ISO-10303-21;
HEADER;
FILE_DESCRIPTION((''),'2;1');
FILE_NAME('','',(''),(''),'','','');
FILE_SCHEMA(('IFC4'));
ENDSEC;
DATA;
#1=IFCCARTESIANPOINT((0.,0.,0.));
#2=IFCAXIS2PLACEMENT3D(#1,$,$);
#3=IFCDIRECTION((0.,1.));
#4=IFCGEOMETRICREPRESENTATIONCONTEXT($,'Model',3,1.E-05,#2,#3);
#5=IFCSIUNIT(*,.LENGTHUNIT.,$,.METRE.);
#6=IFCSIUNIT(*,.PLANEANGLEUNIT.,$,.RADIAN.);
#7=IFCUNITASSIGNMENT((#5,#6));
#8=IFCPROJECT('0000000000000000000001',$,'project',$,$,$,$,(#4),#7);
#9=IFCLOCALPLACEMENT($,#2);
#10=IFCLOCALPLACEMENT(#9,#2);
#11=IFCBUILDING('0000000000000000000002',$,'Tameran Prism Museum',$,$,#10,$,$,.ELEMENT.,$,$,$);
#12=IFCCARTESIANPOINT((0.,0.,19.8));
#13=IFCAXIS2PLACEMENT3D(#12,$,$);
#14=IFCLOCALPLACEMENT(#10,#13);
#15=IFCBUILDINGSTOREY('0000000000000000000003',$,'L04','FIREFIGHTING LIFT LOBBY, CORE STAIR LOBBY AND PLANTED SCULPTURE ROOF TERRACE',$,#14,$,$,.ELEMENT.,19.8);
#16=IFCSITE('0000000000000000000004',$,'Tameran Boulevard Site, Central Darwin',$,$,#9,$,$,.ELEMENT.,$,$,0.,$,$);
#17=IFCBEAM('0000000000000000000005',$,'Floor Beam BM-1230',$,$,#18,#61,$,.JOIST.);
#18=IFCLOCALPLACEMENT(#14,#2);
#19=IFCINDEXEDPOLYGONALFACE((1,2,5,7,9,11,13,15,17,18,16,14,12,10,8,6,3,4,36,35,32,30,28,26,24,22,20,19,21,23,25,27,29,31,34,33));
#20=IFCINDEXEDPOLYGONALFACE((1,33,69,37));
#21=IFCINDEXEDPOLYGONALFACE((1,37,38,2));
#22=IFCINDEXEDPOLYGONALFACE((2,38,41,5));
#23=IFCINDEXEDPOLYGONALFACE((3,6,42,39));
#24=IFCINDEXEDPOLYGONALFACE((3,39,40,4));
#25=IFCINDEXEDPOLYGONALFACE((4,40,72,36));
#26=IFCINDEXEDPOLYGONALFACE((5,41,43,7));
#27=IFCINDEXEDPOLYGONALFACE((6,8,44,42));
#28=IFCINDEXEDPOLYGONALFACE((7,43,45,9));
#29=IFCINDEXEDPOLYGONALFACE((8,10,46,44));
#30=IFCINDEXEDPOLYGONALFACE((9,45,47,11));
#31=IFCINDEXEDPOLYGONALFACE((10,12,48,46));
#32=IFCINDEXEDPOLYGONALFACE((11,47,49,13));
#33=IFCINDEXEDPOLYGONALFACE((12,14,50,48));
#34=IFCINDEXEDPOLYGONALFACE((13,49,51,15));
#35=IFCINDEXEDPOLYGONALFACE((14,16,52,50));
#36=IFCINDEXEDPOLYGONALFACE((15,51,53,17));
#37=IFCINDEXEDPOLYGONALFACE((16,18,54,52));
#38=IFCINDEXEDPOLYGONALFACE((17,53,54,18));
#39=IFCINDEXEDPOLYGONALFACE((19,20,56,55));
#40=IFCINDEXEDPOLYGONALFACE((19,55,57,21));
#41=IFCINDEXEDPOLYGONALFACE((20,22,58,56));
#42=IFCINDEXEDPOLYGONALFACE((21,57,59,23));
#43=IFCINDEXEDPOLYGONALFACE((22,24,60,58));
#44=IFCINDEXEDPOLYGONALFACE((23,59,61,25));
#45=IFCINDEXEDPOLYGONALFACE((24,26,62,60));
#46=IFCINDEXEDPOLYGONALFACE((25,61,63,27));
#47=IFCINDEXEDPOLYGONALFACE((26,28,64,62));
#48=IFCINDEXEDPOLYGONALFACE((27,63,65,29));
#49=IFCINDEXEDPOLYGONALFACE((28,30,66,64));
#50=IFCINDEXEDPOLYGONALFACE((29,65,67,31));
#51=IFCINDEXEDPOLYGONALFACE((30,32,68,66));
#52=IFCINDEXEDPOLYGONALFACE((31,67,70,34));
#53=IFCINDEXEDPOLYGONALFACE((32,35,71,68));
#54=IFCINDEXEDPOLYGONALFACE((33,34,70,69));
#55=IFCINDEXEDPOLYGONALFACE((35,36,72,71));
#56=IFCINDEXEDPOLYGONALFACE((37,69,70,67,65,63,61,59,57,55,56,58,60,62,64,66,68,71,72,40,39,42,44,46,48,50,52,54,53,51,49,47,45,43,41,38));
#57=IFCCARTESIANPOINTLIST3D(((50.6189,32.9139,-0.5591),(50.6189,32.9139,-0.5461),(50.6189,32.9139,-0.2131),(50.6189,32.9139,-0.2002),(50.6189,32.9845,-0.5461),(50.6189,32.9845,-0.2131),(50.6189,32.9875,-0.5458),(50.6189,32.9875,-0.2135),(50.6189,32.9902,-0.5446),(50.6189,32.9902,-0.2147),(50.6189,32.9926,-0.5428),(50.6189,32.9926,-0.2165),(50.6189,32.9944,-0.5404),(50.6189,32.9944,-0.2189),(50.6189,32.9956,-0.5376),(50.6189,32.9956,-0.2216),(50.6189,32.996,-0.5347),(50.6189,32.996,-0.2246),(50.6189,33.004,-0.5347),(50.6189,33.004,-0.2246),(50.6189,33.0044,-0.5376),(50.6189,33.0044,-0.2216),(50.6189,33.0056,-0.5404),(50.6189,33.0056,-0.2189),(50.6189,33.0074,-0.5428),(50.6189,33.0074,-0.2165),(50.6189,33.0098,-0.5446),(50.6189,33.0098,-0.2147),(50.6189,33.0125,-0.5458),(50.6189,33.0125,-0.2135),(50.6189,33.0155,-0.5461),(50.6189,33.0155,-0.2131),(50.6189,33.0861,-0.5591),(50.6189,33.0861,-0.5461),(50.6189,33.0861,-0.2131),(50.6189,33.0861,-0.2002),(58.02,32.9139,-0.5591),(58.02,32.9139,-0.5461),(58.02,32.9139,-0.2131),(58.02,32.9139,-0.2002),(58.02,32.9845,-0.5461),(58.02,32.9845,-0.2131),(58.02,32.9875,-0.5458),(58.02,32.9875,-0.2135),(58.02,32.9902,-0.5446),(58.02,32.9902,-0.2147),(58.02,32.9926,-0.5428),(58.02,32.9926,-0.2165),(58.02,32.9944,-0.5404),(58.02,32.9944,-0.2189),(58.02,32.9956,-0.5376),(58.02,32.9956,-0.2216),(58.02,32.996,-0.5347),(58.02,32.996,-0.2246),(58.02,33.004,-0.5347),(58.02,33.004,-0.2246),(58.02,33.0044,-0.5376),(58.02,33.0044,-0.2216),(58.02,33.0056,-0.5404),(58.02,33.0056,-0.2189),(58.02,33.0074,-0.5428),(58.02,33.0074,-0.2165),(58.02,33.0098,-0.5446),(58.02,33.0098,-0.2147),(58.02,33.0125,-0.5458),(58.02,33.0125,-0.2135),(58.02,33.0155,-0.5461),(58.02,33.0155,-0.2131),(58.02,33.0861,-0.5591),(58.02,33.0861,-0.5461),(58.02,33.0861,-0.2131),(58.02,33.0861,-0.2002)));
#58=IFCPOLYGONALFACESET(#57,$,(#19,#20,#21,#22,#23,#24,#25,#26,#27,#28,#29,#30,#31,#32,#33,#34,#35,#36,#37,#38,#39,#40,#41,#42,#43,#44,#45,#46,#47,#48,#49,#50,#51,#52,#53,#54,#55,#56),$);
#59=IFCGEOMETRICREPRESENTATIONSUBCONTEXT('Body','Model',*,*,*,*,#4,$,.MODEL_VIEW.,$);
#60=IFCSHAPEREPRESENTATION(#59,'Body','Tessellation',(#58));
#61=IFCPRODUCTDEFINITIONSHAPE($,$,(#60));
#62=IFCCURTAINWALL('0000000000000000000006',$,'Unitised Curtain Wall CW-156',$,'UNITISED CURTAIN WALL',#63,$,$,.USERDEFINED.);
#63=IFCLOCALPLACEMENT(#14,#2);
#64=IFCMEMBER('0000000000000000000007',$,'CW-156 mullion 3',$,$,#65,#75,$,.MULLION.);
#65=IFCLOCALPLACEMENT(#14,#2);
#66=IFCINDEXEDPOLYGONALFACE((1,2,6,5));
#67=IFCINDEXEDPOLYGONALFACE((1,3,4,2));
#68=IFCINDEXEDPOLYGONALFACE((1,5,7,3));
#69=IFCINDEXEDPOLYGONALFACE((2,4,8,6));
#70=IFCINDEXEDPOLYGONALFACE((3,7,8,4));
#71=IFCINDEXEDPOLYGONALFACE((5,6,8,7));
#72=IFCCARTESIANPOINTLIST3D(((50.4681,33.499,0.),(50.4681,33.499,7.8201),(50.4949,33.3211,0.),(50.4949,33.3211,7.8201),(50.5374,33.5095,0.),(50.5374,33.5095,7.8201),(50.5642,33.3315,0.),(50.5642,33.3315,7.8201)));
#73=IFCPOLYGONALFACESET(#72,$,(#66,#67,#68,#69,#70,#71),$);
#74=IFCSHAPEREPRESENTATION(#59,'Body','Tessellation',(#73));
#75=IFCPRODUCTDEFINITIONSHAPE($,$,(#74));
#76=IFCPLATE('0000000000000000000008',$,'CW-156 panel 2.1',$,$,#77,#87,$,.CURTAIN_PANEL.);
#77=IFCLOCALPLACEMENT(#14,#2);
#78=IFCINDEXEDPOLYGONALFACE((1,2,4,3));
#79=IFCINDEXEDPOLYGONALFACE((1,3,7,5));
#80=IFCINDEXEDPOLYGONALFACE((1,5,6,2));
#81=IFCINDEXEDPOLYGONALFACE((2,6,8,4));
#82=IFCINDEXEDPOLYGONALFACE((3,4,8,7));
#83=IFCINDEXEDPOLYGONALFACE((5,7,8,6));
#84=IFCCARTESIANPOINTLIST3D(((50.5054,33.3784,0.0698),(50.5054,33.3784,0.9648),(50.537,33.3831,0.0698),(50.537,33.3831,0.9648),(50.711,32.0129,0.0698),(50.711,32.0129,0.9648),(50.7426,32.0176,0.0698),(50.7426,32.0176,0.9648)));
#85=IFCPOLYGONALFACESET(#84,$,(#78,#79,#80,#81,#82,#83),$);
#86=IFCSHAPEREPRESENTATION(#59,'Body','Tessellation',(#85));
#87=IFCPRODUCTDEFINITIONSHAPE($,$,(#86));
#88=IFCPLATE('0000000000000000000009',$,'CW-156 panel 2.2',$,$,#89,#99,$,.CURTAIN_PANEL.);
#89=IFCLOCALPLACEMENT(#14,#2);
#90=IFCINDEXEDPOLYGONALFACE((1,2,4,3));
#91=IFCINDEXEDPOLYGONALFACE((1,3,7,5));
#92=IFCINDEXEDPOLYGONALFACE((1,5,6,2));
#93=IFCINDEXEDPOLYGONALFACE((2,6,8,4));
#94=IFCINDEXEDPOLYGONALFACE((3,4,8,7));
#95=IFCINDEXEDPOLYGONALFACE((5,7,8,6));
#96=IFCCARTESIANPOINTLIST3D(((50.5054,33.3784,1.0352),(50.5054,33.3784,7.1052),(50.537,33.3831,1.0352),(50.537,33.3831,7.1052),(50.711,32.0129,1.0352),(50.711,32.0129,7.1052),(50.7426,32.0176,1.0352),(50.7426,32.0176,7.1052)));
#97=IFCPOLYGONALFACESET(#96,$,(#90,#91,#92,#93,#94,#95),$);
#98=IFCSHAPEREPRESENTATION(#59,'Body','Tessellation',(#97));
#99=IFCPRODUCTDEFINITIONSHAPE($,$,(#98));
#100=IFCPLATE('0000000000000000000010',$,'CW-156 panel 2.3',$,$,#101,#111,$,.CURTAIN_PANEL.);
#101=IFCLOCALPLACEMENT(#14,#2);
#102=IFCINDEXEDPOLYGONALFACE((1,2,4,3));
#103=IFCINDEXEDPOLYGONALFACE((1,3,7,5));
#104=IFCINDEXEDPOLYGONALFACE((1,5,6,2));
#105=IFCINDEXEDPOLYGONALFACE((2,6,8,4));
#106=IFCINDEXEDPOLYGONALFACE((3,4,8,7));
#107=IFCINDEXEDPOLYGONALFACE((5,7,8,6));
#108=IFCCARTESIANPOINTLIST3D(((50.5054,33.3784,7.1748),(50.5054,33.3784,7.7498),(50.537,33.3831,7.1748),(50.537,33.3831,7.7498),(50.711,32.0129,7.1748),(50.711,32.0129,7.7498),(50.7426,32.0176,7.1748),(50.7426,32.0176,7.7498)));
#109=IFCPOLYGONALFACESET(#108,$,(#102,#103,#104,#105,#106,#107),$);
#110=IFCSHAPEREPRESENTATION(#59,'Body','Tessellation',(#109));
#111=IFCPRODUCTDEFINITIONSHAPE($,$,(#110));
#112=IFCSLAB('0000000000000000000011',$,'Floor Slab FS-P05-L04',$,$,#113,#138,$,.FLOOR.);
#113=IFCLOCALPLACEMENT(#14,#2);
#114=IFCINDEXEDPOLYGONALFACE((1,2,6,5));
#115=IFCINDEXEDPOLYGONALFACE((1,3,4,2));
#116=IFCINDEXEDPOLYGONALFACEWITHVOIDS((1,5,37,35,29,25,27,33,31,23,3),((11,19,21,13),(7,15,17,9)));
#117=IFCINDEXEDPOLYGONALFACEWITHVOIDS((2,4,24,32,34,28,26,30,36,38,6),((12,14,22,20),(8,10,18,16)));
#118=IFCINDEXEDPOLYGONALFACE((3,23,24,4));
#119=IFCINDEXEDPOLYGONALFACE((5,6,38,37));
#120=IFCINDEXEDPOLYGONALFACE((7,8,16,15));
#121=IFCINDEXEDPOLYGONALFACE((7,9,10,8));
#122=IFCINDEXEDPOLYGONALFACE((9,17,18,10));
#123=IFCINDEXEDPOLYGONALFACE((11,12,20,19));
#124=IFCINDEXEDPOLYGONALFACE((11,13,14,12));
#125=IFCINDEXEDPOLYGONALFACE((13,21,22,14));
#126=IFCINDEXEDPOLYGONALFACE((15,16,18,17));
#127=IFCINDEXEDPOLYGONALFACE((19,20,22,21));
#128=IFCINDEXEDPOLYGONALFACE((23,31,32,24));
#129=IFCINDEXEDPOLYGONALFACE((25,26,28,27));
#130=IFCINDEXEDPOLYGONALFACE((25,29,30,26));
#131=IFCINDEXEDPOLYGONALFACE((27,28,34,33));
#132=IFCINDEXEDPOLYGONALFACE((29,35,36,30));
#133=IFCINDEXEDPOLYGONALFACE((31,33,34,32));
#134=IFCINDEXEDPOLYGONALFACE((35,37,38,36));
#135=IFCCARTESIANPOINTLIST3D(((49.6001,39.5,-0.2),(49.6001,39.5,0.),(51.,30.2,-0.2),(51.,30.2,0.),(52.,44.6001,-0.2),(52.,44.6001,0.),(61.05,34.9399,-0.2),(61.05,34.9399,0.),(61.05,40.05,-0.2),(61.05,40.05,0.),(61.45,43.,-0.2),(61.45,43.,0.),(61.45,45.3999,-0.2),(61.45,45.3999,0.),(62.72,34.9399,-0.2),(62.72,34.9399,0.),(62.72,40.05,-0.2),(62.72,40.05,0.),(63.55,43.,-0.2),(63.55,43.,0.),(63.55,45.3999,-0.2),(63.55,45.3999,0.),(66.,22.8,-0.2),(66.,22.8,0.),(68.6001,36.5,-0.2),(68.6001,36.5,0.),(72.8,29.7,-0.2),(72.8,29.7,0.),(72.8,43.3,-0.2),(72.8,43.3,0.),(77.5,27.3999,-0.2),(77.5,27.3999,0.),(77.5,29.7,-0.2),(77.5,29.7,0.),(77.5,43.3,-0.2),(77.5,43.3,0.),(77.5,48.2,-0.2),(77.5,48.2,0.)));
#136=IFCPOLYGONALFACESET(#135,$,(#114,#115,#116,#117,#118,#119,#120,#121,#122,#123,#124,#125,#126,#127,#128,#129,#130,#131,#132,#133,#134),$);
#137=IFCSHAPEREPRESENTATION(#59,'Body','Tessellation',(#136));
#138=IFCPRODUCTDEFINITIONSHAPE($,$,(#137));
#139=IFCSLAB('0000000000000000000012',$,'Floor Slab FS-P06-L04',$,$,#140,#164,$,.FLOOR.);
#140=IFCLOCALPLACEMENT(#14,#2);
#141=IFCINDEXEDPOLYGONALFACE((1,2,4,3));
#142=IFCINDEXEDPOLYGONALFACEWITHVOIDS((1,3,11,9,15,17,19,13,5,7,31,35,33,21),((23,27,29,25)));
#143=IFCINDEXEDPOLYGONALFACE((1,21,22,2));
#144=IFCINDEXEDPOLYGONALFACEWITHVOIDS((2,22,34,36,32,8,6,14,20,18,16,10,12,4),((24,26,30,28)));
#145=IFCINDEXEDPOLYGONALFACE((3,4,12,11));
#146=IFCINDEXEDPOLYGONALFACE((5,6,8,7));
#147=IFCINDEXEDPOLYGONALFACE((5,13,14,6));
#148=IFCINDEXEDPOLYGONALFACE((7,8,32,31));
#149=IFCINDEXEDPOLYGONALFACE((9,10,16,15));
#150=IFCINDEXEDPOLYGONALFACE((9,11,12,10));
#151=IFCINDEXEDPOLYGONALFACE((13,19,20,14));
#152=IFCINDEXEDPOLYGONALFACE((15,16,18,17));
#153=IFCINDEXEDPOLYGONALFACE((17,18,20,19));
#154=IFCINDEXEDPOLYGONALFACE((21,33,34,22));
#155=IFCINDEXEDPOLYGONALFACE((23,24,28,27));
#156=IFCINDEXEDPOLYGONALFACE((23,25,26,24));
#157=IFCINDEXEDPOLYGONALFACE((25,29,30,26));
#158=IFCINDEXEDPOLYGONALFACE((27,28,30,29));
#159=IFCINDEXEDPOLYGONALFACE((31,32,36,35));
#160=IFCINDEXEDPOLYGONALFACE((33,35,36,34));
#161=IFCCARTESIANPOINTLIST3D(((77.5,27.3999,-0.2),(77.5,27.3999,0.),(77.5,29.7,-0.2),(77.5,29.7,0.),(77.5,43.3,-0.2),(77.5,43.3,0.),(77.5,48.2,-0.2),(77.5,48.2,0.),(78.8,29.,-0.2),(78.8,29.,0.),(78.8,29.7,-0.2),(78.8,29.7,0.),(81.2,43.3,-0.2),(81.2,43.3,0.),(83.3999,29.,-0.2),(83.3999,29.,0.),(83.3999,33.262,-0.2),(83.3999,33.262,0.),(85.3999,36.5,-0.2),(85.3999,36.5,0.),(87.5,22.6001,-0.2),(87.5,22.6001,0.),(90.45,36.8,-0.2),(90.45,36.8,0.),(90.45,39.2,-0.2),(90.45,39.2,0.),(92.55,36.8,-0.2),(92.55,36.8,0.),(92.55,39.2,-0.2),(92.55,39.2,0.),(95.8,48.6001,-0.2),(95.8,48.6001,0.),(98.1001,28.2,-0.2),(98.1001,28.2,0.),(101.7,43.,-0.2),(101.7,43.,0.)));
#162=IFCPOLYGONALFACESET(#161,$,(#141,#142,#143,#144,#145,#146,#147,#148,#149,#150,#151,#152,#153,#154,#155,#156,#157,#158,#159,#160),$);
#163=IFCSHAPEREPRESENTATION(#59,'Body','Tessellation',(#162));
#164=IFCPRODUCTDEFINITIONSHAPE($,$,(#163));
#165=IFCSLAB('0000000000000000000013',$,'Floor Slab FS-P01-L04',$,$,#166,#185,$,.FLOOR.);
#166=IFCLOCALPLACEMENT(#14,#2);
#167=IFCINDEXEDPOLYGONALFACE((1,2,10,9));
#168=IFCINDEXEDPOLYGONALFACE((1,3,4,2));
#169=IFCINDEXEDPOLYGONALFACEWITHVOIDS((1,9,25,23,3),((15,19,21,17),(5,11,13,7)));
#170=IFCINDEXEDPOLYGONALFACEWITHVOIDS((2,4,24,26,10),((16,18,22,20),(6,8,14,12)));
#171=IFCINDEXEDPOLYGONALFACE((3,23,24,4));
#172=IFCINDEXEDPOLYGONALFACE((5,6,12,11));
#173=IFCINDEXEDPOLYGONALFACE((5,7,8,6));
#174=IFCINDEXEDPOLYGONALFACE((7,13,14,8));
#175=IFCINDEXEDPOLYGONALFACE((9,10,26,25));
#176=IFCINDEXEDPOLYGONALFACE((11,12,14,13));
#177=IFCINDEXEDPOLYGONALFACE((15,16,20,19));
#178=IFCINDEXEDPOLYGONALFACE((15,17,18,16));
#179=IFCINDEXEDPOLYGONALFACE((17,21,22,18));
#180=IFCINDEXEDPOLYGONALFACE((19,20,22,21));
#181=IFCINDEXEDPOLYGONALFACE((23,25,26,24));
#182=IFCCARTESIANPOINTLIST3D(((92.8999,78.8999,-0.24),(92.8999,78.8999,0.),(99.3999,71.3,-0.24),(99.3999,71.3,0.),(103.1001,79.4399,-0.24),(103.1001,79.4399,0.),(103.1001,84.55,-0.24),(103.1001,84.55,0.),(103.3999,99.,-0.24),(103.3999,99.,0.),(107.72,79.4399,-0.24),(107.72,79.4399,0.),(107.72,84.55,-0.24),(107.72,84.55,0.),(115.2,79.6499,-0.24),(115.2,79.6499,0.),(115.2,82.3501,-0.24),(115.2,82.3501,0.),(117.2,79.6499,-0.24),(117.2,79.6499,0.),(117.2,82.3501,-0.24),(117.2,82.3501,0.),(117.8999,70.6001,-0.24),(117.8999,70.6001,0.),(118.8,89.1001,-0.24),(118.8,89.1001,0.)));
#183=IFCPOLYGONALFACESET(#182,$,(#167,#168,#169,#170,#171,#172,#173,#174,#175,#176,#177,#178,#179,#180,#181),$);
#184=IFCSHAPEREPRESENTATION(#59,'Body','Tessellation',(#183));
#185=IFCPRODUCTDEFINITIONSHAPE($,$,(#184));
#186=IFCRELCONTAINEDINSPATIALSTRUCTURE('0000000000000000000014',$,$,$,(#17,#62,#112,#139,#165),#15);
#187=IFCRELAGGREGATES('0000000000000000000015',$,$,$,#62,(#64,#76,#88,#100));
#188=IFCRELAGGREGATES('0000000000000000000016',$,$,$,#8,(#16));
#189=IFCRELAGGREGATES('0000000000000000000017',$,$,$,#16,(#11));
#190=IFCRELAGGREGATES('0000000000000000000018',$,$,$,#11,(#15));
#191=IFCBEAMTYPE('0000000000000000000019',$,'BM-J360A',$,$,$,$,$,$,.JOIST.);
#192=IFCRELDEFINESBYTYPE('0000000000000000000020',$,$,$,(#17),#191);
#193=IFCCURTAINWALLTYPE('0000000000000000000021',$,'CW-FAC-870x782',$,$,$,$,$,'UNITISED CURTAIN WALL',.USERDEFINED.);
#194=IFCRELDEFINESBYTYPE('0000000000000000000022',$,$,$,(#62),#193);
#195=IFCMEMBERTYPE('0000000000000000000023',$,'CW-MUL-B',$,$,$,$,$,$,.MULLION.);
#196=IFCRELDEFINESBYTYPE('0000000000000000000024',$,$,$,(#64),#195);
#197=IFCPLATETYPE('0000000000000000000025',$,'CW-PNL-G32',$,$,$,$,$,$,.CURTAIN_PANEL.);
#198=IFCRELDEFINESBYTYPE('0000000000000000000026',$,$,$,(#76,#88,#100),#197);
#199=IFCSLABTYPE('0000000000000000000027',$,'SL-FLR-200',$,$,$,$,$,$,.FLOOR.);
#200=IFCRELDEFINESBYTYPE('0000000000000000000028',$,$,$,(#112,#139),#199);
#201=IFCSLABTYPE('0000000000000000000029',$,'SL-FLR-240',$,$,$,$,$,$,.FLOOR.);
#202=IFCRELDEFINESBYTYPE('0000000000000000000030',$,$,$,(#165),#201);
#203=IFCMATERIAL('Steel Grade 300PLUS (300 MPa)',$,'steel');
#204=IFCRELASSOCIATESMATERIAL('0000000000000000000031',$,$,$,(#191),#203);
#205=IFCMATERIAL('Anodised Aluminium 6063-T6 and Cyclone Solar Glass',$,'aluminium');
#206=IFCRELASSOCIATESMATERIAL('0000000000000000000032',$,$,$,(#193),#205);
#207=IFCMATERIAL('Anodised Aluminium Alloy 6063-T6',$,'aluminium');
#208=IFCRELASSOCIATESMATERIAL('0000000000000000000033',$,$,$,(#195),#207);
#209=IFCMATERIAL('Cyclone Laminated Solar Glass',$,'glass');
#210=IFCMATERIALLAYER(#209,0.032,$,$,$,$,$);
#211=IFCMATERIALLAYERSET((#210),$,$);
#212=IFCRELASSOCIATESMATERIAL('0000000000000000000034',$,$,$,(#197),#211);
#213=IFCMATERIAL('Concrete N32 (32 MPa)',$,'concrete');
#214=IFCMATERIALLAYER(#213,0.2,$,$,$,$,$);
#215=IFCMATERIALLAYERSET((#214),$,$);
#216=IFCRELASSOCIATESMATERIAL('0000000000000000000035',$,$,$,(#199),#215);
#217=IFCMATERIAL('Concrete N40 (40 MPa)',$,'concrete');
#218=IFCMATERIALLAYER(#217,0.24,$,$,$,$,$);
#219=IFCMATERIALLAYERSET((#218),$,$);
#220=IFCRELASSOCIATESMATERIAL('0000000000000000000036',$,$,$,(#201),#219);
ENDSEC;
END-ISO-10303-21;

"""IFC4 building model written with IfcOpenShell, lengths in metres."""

from ifc_helpers import new_model, si_unit, direction, frame, origin, origin_2d, place, context, subcontext, project, spatial, polyline, rectangle, i_section, outline, extrude, material, layer, layer_set, material_profile, profile_set, type_object, element, aggregate, save


model = new_model("IFC4")

# Units and contexts
model_context = context("Model", 3, precision=1e-05, world=origin(), true_north=direction((0.0, 1.0)))
body_context = subcontext(model_context, "Body", "Model", "MODEL_VIEW")
ifc_project = project(units=[si_unit("LENGTHUNIT", "METRE"), si_unit("PLANEANGLEUNIT", "RADIAN")], contexts=[model_context])

# Site, building, storey
site_placement = place(None, origin())
site = spatial("IfcSite", under=ifc_project, at=site_placement, Name="Tameran Boulevard Site, Central Darwin", CompositionType="ELEMENT", RefElevation=0.0)
building_placement = place(site_placement, origin())
building = spatial("IfcBuilding", under=site, at=building_placement, Name="Tameran Prism Museum", CompositionType="ELEMENT")
storey_placement = place(building_placement, frame((0.0, 0.0, 19.8)))
storey = spatial("IfcBuildingStorey", under=building, at=storey_placement, Name="L04", Description="FIREFIGHTING LIFT LOBBY, CORE STAIR LOBBY AND PLANTED SCULPTURE ROOF TERRACE", CompositionType="ELEMENT", Elevation=19.8)

# Beam
ifc_material_1 = material(Name="Steel Grade 300PLUS (300 MPa)", Category="steel")
ifc_material_profile_1 = material_profile(ifc_material_1, i_section(OverallWidth=0.1721, OverallDepth=0.3589, WebThickness=0.0081, FlangeThickness=0.0129, FilletRadius=0.0115, at=origin_2d()))
ifc_profile_set_1 = profile_set([ifc_material_profile_1])
beam_type = type_object("IfcBeamType", Name="BM-J360A", PredefinedType="JOIST", material=ifc_profile_set_1)
beam_placement = place(storey_placement, frame((50.6189, 33.0, -0.3796), z_axis=(1.0, 0.0, 0.0), x_axis=(0.0, 1.0, 0.0)))
element("IfcBeam", 1, at=beam_placement, inside=storey, type_object=beam_type, Name="Floor Beam BM-1230", PredefinedType="JOIST", context=body_context, shape_type="SweptSolid", body=[
    extrude(i_section(OverallWidth=0.1721, OverallDepth=0.3589, WebThickness=0.0081, FlangeThickness=0.0129, FilletRadius=0.0115, at=origin_2d()), origin(), (0.0, 0.0, 1.0), 7.4011),
])

# Curtain wall, member, plates
ifc_material_2 = material(Name="Anodised Aluminium 6063-T6 and Cyclone Solar Glass", Category="aluminium")
curtain_wall_type = type_object("IfcCurtainWallType", Name="CW-FAC-870x782", ElementType="UNITISED CURTAIN WALL", PredefinedType="USERDEFINED", material=ifc_material_2)
curtain_wall_placement = place(storey_placement, origin())
curtain_wall = element("IfcCurtainWall", 2, at=curtain_wall_placement, inside=storey, type_object=curtain_wall_type, Name="Unitised Curtain Wall CW-156", ObjectType="UNITISED CURTAIN WALL", PredefinedType="USERDEFINED")
ifc_material_3 = material(Name="Anodised Aluminium Alloy 6063-T6", Category="aluminium")
ifc_material_profile_2 = material_profile(ifc_material_3, rectangle(XDim=0.0701, YDim=0.1799, at=origin_2d()))
ifc_profile_set_2 = profile_set([ifc_material_profile_2])
member_type = type_object("IfcMemberType", Name="CW-MUL-B", PredefinedType="MULLION", material=ifc_profile_set_2)
member_placement = place(storey_placement, frame((50.5161, 33.4153, 0.0), z_axis=(0.0, 0.0, 1.0), x_axis=(-0.988855, -0.14888, 0.0)))
member = element("IfcMember", 3, at=member_placement, type_object=member_type, Name="CW-156 mullion 3", PredefinedType="MULLION", context=body_context, shape_type="SweptSolid", body=[
    extrude(rectangle(XDim=0.0701, YDim=0.1799, at=origin_2d()), origin(), (0.0, 0.0, 1.0), 7.8201),
])
ifc_material_4 = material(Name="Cyclone Laminated Solar Glass", Category="glass")
ifc_layer_1 = layer(ifc_material_4, 0.032)
ifc_layer_set_1 = layer_set([ifc_layer_1])
plate_type = type_object("IfcPlateType", Name="CW-PNL-G32", PredefinedType="CURTAIN_PANEL", material=ifc_layer_set_1)
plate_1_placement = place(storey_placement, frame((50.624, 32.698, 0.0698), z_axis=(0.0, 0.0, 1.0), x_axis=(-0.14888, 0.988855, 0.0)))
plate_1 = element("IfcPlate", 4, at=plate_1_placement, type_object=plate_type, Name="CW-156 panel 2.1", PredefinedType="CURTAIN_PANEL", context=body_context, shape_type="SweptSolid", body=[
    extrude(rectangle(XDim=1.3809, YDim=0.032, at=origin_2d()), origin(), (0.0, 0.0, 1.0), 0.895),
])
plate_2_placement = place(storey_placement, frame((50.624, 32.698, 1.0352), z_axis=(0.0, 0.0, 1.0), x_axis=(-0.14888, 0.988855, 0.0)))
plate_2 = element("IfcPlate", 5, at=plate_2_placement, type_object=plate_type, Name="CW-156 panel 2.2", PredefinedType="CURTAIN_PANEL", context=body_context, shape_type="SweptSolid", body=[
    extrude(rectangle(XDim=1.3809, YDim=0.032, at=origin_2d()), origin(), (0.0, 0.0, 1.0), 6.0701),
])
plate_3_placement = place(storey_placement, frame((50.624, 32.698, 7.1748), z_axis=(0.0, 0.0, 1.0), x_axis=(-0.14888, 0.988855, 0.0)))
plate_3 = element("IfcPlate", 6, at=plate_3_placement, type_object=plate_type, Name="CW-156 panel 2.3", PredefinedType="CURTAIN_PANEL", context=body_context, shape_type="SweptSolid", body=[
    extrude(rectangle(XDim=1.3809, YDim=0.032, at=origin_2d()), origin(), (0.0, 0.0, 1.0), 0.575),
])
aggregate(curtain_wall, [member, plate_1, plate_2, plate_3])

# Slabs
ifc_material_5 = material(Name="Concrete N32 (32 MPa)", Category="concrete")
ifc_layer_2 = layer(ifc_material_5, 0.2)
ifc_layer_set_2 = layer_set([ifc_layer_2])
slab_type_1 = type_object("IfcSlabType", Name="SL-FLR-200", PredefinedType="FLOOR", material=ifc_layer_set_2)
slab_1_placement = place(storey_placement, frame((0.0, 0.0, -0.2)))
element("IfcSlab", 7, at=slab_1_placement, inside=storey, type_object=slab_type_1, Name="Floor Slab FS-P05-L04", PredefinedType="FLOOR", context=body_context, shape_type="SweptSolid", body=[
    extrude(outline(polyline([(77.5, 27.3999), (66.0, 22.8), (51.0, 30.2), (49.6001, 39.5), (52.0, 44.6001), (77.5, 48.2), (77.5, 43.3), (72.8, 43.3), (68.6001, 36.5), (72.8, 29.7), (77.5, 29.7), (77.5, 27.3999)]), holes=[polyline([(61.05, 34.9399), (62.72, 34.9399), (62.72, 40.05), (61.05, 40.05), (61.05, 34.9399)]), polyline([(61.45, 43.0), (63.55, 43.0), (63.55, 45.3999), (61.45, 45.3999), (61.45, 43.0)])]), origin(), (0.0, 0.0, 1.0), 0.2),
])
slab_2_placement = place(storey_placement, frame((0.0, 0.0, -0.2)))
element("IfcSlab", 8, at=slab_2_placement, inside=storey, type_object=slab_type_1, Name="Floor Slab FS-P06-L04", PredefinedType="FLOOR", context=body_context, shape_type="SweptSolid", body=[
    extrude(outline(polyline([(77.5, 48.2), (95.8, 48.6001), (101.7, 43.0), (98.1001, 28.2), (87.5, 22.6001), (77.5, 27.3999), (77.5, 29.7), (78.8, 29.7), (78.8, 29.0), (83.3999, 29.0), (83.3999, 33.262), (85.3999, 36.5), (81.2, 43.3), (77.5, 43.3), (77.5, 48.2)]), holes=[polyline([(92.55, 36.8), (92.55, 39.2), (90.45, 39.2), (90.45, 36.8), (92.55, 36.8)])]), origin(), (0.0, 0.0, 1.0), 0.2),
])
ifc_material_6 = material(Name="Concrete N40 (40 MPa)", Category="concrete")
ifc_layer_3 = layer(ifc_material_6, 0.24)
ifc_layer_set_3 = layer_set([ifc_layer_3])
slab_type_2 = type_object("IfcSlabType", Name="SL-FLR-240", PredefinedType="FLOOR", material=ifc_layer_set_3)
slab_3_placement = place(storey_placement, frame((0.0, 0.0, -0.24)))
element("IfcSlab", 9, at=slab_3_placement, inside=storey, type_object=slab_type_2, Name="Floor Slab FS-P01-L04", PredefinedType="FLOOR", context=body_context, shape_type="SweptSolid", body=[
    extrude(outline(polyline([(92.8999, 78.8999), (103.3999, 99.0), (118.8, 89.1001), (117.8999, 70.6001), (99.3999, 71.3), (92.8999, 78.8999)]), holes=[polyline([(117.2, 79.6499), (117.2, 82.3501), (115.2, 82.3501), (115.2, 79.6499), (117.2, 79.6499)]), polyline([(107.72, 79.4399), (107.72, 84.55), (103.1001, 84.55), (103.1001, 79.4399), (107.72, 79.4399)])]), origin(), (0.0, 0.0, 1.0), 0.24),
])

save(model, "model.ifc")
